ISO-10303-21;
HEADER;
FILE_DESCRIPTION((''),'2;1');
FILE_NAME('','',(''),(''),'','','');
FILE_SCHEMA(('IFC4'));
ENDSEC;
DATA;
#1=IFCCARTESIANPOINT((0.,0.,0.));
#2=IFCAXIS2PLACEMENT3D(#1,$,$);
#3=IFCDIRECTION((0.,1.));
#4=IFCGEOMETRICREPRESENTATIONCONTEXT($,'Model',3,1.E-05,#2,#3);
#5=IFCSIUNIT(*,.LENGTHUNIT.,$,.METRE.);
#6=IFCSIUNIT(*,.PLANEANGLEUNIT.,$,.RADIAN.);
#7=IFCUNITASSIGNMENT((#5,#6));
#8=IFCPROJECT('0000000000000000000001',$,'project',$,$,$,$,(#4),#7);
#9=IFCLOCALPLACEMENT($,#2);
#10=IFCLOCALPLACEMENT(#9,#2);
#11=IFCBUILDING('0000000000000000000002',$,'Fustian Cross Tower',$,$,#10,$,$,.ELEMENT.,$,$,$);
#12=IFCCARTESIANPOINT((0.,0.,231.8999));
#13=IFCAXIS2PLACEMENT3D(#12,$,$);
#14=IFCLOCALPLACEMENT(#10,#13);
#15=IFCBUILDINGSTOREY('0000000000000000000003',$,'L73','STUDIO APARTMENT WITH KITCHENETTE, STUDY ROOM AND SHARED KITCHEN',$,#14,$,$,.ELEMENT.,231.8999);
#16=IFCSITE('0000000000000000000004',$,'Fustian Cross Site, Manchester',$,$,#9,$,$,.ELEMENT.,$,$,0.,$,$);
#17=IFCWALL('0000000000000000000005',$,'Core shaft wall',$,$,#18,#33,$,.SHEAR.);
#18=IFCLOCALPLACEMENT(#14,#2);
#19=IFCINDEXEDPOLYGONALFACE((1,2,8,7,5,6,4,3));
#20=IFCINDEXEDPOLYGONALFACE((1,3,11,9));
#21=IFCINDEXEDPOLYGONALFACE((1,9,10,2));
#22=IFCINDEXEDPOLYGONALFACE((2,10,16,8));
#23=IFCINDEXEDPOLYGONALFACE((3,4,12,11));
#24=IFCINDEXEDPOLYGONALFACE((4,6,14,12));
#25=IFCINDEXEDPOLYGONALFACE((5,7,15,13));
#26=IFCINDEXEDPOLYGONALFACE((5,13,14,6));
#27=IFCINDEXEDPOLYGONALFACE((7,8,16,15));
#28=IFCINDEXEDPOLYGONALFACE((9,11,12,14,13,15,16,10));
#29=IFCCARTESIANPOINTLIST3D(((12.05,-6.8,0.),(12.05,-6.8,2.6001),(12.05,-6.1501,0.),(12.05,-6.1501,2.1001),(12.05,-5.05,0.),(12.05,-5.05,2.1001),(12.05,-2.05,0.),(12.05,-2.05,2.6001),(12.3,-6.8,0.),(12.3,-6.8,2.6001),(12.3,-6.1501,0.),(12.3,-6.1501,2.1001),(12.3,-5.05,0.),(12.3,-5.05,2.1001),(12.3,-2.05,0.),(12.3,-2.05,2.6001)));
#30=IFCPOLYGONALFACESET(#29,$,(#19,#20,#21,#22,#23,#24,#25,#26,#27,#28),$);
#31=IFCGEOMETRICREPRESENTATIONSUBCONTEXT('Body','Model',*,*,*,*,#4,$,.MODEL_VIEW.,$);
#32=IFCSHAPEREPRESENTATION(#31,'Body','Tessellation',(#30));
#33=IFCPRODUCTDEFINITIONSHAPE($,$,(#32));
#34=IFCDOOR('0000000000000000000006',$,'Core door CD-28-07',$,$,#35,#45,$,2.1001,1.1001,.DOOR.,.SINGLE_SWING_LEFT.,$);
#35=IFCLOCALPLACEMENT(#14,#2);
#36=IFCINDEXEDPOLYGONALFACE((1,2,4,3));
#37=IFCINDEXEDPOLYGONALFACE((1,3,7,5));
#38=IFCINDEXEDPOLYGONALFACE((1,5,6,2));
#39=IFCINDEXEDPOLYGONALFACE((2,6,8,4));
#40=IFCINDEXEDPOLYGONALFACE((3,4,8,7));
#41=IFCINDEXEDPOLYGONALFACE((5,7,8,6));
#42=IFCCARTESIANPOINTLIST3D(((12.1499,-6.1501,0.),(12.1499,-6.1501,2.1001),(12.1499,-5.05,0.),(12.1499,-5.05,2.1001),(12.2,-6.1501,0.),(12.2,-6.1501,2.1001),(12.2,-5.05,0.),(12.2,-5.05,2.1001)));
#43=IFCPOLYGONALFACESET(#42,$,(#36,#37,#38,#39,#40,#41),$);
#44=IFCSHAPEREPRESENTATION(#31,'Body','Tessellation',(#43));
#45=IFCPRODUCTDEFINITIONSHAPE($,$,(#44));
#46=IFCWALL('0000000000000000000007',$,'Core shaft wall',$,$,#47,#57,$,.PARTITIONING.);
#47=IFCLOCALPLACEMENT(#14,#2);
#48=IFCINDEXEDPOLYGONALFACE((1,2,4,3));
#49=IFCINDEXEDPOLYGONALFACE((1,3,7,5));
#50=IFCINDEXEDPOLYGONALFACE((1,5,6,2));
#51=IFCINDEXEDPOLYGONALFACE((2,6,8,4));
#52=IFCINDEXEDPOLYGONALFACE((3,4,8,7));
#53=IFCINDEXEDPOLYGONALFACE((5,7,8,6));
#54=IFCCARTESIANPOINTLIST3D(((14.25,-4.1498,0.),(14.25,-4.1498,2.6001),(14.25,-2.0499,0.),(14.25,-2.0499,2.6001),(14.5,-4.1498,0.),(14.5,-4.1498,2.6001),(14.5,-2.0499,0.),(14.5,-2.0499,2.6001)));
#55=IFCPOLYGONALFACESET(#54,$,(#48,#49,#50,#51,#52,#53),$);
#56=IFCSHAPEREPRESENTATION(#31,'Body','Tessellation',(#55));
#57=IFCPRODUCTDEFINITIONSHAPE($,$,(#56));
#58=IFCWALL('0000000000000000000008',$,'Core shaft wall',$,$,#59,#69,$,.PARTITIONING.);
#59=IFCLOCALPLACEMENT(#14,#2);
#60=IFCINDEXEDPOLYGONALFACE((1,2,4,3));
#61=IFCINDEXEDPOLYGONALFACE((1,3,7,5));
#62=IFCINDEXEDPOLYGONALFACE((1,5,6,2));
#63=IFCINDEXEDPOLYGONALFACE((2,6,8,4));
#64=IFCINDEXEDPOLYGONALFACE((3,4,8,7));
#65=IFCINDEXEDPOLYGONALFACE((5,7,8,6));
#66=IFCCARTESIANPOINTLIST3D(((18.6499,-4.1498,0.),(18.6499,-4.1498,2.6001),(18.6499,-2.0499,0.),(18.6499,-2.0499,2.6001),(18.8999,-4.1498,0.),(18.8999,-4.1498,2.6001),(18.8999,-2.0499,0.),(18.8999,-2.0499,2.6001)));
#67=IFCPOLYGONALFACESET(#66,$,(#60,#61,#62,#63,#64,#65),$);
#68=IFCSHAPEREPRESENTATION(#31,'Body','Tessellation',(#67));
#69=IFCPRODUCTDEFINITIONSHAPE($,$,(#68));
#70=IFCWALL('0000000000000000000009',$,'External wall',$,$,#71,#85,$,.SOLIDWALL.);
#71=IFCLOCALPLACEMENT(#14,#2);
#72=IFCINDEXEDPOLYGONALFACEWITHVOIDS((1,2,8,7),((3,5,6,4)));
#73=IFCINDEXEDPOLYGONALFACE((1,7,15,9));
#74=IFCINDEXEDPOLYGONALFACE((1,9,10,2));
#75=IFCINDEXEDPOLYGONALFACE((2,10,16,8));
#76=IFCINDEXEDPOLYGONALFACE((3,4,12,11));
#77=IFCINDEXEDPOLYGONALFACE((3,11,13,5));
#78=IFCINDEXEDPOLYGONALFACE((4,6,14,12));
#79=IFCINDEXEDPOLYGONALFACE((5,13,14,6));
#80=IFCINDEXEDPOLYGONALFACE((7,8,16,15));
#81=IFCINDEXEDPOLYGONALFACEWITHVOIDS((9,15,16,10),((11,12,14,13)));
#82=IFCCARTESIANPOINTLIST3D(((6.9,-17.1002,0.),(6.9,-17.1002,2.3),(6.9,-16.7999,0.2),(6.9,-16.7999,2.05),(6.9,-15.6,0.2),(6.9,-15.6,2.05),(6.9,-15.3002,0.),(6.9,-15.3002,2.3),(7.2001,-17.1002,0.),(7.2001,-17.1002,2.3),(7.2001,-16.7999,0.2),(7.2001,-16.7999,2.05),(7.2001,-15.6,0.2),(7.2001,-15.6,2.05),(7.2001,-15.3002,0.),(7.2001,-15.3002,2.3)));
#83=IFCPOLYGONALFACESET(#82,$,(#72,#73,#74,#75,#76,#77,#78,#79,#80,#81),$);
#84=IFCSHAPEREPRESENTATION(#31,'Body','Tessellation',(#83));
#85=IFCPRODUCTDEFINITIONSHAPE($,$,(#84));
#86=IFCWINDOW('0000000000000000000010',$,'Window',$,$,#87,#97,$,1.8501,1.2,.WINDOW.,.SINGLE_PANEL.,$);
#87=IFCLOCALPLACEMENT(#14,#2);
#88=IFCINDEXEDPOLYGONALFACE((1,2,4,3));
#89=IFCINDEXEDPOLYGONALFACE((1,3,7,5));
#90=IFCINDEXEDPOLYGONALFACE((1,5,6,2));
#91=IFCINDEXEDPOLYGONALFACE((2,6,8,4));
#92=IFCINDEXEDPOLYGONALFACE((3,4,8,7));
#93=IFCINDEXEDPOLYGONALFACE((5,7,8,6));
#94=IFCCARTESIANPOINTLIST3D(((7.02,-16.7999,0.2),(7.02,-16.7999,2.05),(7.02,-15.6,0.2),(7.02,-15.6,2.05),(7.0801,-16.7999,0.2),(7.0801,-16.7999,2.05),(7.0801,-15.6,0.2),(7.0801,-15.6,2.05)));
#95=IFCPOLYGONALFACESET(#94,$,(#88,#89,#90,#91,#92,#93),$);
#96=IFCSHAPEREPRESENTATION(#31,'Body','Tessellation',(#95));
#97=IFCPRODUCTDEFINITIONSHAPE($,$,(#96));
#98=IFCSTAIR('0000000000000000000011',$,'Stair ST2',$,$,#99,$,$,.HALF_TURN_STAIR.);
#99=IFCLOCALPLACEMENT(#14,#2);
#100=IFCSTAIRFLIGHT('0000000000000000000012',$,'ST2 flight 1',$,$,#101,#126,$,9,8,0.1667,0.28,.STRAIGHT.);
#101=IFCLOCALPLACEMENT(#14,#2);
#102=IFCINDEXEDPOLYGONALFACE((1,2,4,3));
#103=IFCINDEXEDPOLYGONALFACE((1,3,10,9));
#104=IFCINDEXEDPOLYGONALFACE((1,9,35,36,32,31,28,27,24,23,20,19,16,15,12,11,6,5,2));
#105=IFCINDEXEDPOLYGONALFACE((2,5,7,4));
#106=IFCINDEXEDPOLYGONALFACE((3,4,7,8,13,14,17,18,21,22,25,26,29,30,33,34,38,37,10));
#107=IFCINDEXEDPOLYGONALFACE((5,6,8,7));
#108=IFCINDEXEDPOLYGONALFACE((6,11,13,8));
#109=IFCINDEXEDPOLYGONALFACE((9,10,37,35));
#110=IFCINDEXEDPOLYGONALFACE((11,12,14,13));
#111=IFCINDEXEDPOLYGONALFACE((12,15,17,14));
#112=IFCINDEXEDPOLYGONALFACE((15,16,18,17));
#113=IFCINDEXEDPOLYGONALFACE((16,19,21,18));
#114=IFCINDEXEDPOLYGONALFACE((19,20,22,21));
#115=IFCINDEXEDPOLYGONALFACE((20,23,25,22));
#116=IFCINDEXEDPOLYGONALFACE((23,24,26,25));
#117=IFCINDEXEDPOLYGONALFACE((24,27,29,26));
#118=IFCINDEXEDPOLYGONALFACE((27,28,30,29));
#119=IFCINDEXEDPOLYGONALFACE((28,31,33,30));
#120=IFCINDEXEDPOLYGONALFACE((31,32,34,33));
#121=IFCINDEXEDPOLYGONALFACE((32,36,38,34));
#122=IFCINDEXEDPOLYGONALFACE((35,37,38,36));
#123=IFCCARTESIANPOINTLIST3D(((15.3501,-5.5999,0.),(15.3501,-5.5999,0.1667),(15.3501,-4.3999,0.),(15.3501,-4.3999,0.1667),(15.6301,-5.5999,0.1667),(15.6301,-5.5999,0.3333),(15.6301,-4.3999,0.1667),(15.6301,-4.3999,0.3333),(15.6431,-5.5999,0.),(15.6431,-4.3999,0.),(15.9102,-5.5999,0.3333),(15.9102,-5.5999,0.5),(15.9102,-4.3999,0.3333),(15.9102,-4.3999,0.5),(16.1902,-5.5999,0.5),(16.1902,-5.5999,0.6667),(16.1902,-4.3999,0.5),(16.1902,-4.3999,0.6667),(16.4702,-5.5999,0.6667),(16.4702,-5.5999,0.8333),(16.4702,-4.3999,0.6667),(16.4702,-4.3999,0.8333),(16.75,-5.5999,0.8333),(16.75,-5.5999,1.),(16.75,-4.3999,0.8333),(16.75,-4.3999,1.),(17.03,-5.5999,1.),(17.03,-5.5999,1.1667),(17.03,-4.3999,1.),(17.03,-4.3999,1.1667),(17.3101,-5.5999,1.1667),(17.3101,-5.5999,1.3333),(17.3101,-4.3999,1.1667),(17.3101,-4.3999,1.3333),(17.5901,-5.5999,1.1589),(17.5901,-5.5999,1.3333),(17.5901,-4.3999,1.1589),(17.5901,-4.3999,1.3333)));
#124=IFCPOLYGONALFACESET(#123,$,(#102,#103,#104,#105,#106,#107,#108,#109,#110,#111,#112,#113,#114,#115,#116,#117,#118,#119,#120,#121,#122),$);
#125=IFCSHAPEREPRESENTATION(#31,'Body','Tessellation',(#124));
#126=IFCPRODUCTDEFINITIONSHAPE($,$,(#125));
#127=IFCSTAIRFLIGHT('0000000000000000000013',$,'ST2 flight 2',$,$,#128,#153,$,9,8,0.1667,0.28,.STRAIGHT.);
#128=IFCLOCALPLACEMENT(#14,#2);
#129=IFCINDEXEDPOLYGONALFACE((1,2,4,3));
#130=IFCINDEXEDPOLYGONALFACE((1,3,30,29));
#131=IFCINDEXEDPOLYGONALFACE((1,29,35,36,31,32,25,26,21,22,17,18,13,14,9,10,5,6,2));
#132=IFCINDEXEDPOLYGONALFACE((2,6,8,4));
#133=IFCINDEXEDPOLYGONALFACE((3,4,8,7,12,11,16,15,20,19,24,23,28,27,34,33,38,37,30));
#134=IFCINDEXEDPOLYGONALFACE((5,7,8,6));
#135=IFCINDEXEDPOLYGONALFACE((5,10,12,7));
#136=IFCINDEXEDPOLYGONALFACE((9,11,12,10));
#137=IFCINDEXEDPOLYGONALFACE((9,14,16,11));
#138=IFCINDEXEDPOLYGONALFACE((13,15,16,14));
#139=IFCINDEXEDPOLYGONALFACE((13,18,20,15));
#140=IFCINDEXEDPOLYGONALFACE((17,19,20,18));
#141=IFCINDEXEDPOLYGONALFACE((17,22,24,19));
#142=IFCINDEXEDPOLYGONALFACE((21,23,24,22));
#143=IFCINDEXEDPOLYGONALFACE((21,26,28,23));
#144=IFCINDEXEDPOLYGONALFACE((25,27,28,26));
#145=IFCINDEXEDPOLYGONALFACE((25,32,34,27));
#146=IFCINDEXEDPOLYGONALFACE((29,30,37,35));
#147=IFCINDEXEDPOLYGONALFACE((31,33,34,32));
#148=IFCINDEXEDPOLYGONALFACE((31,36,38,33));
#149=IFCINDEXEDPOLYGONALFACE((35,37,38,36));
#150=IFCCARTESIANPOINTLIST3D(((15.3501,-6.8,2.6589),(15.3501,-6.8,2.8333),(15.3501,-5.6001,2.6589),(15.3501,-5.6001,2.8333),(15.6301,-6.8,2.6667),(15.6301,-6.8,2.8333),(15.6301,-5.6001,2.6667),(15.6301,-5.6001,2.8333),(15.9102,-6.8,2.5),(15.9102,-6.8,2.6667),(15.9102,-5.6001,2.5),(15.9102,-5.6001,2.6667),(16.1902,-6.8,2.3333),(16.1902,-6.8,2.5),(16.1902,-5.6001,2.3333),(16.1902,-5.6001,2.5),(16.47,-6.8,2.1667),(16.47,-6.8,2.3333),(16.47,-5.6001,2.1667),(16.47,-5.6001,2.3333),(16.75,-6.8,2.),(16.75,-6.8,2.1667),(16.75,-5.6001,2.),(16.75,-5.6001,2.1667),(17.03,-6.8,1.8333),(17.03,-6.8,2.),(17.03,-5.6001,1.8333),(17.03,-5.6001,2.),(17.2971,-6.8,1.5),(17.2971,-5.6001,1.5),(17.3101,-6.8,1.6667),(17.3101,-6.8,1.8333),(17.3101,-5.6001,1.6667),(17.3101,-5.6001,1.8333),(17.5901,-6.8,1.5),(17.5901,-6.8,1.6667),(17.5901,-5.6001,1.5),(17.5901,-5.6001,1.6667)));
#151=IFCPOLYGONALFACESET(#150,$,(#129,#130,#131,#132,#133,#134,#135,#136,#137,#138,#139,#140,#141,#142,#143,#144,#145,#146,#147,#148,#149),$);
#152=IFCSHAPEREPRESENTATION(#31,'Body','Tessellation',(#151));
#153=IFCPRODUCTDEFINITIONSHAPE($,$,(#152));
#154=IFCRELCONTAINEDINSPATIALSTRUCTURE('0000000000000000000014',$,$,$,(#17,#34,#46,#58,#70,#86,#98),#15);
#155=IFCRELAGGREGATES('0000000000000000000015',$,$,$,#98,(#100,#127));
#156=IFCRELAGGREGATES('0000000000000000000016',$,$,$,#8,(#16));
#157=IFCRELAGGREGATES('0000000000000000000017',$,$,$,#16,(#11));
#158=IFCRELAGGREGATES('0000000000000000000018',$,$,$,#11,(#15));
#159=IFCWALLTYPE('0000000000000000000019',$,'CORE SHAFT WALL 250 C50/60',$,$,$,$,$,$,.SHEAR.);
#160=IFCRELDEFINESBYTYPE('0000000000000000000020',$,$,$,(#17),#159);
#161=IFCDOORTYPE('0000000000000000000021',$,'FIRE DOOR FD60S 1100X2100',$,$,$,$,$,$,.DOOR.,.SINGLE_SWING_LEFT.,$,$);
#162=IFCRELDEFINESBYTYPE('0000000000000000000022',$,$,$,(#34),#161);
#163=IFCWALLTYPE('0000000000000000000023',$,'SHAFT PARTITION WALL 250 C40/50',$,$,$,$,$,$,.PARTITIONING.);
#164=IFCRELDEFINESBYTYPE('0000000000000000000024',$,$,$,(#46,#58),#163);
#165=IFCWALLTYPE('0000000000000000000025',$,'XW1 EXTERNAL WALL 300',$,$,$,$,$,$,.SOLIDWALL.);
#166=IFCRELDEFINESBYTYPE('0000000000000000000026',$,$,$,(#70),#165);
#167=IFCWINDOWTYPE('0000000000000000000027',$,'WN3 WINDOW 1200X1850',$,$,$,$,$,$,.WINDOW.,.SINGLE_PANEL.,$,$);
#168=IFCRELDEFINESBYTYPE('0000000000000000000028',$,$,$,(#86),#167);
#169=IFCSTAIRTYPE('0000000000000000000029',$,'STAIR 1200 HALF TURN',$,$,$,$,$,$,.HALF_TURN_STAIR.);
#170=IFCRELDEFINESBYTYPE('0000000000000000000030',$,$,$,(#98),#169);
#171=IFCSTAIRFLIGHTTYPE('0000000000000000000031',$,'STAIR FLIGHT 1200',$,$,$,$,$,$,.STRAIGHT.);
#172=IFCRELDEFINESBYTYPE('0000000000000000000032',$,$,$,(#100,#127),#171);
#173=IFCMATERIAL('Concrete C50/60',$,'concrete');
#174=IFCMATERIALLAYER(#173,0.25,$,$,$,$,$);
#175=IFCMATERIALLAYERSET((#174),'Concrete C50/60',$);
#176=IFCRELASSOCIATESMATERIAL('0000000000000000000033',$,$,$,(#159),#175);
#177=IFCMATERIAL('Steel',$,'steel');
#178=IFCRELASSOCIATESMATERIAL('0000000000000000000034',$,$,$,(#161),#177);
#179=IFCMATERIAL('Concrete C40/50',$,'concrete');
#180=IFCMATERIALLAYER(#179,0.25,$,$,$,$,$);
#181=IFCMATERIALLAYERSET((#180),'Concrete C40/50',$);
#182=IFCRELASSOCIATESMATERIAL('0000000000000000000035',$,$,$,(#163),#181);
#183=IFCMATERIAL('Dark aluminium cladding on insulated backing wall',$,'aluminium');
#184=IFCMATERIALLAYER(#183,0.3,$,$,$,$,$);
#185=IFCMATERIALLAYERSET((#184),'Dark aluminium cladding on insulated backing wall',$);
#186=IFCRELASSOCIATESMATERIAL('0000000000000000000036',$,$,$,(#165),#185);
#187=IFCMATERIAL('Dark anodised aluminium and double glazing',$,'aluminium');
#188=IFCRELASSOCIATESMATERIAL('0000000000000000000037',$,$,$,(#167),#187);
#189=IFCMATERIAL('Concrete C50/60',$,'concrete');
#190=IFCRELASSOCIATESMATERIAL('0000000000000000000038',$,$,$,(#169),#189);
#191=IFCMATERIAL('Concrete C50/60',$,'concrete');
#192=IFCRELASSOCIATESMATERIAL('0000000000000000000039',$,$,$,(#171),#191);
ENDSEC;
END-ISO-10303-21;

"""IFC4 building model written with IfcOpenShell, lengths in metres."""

from ifc_helpers import new_model, si_unit, direction, frame, frame_2d, origin, place, context, subcontext, project, spatial, polyline, rectangle, outline, extrude, material, layer, layer_set, type_object, element, fill, aggregate, save


model = new_model("IFC4")

# Units and contexts
model_context = context("Model", 3, precision=1e-05, world=origin(), true_north=direction((0.0, 1.0)))
body_context = subcontext(model_context, "Body", "Model", "MODEL_VIEW")
ifc_project = project(units=[si_unit("LENGTHUNIT", "METRE"), si_unit("PLANEANGLEUNIT", "RADIAN")], contexts=[model_context])

# Site, building, storey
site_placement = place(None, origin())
site = spatial("IfcSite", under=ifc_project, at=site_placement, Name="Fustian Cross Site, Manchester", CompositionType="ELEMENT", RefElevation=0.0)
building_placement = place(site_placement, origin())
building = spatial("IfcBuilding", under=site, at=building_placement, Name="Fustian Cross Tower", CompositionType="ELEMENT")
storey_placement = place(building_placement, frame((0.0, 0.0, 231.8999)))
storey = spatial("IfcBuildingStorey", under=building, at=storey_placement, Name="L73", Description="STUDIO APARTMENT WITH KITCHENETTE, STUDY ROOM AND SHARED KITCHEN", CompositionType="ELEMENT", Elevation=231.8999)

# Shared definitions
ifc_material_1 = material(Name="Concrete C50/60", Category="concrete")
ifc_layer_1 = layer(ifc_material_1, 0.25)
ifc_layer_set_1 = layer_set([ifc_layer_1], Name="Concrete C50/60")
wall_type_1 = type_object("IfcWallType", Name="CORE SHAFT WALL 250 C50/60", PredefinedType="SHEAR", material=ifc_layer_set_1)

# Wall, opening, door
wall_1_placement = place(storey_placement, frame((12.175, -2.05, 0.0), z_axis=(0.0, 0.0, 1.0), x_axis=(0.0, -1.0, 0.0)))
wall_1 = element("IfcWall", 1, at=wall_1_placement, inside=storey, type_object=wall_type_1, Name="Core shaft wall", PredefinedType="SHEAR", context=body_context, shape_type="SweptSolid", body=[
    extrude(rectangle(XDim=4.75, YDim=0.25, at=frame_2d((2.375, 0.0))), origin(), (0.0, 0.0, 1.0), 2.6001),
])
opening_1_placement = place(wall_1_placement, frame((3.0, 0.0, 0.0)))
opening_1 = element("IfcOpeningElement", 2, at=opening_1_placement, cuts=wall_1, PredefinedType="OPENING", context=body_context, shape_type="SweptSolid", body=[
    extrude(rectangle(XDim=1.1001, YDim=2.1001, at=frame_2d((0.55, 1.05))), frame((0.0, 0.135, 0.0), z_axis=(0.0, -1.0, 0.0), x_axis=(1.0, 0.0, 0.0)), (0.0, 0.0, 1.0), 0.27),
])
ifc_material_2 = material(Name="Steel", Category="steel")
door_type_1 = type_object("IfcDoorType", Name="FIRE DOOR FD60S 1100X2100", OperationType="SINGLE_SWING_LEFT", PredefinedType="DOOR", material=ifc_material_2)
door_1_placement = place(opening_1_placement, origin())
door_1 = element("IfcDoor", 3, at=door_1_placement, inside=storey, type_object=door_type_1, Name="Core door CD-28-07", OperationType="SINGLE_SWING_LEFT", OverallHeight=2.1001, OverallWidth=1.1001, PredefinedType="DOOR", context=body_context, shape_type="SweptSolid", body=[
    extrude(rectangle(XDim=1.1001, YDim=2.1001, at=frame_2d((0.55, 1.05))), frame((0.0, 0.0249, 0.0), z_axis=(0.0, -1.0, 0.0), x_axis=(1.0, 0.0, 0.0)), (0.0, 0.0, 1.0), 0.05),
])
fill(opening_1, door_1)

# Walls
ifc_material_3 = material(Name="Concrete C40/50", Category="concrete")
ifc_layer_2 = layer(ifc_material_3, 0.25)
ifc_layer_set_2 = layer_set([ifc_layer_2], Name="Concrete C40/50")
wall_type_2 = type_object("IfcWallType", Name="SHAFT PARTITION WALL 250 C40/50", PredefinedType="PARTITIONING", material=ifc_layer_set_2)
for number, where, z_axis, x_axis, name in (
    (4, (14.375, -2.05, 0.0), (0.0, 0.0, 1.0), (0.0, -1.0, 0.0), "Core shaft wall"),
    (5, (18.7749, -2.05, 0.0), (0.0, 0.0, 1.0), (0.0, -1.0, 0.0), "Core shaft wall"),
):
    element("IfcWall", number, at=place(storey_placement, frame(where, z_axis=z_axis, x_axis=x_axis)), inside=storey, type_object=wall_type_2, Name=name, PredefinedType="PARTITIONING", context=body_context, shape_type="SweptSolid", body=[
        extrude(rectangle(XDim=2.0999, YDim=0.25, at=frame_2d((1.0498, 0.0))), origin(), (0.0, 0.0, 1.0), 2.6001),
    ])

# Wall, opening, window
ifc_material_4 = material(Name="Dark aluminium cladding on insulated backing wall", Category="aluminium")
ifc_layer_3 = layer(ifc_material_4, 0.3)
ifc_layer_set_3 = layer_set([ifc_layer_3], Name="Dark aluminium cladding on insulated backing wall")
wall_type_3 = type_object("IfcWallType", Name="XW1 EXTERNAL WALL 300", PredefinedType="SOLIDWALL", material=ifc_layer_set_3)
wall_2_placement = place(storey_placement, frame((7.05, -17.1001, 0.0), z_axis=(0.0, 0.0, 1.0), x_axis=(0.0, 1.0, 0.0)))
wall_2 = element("IfcWall", 6, at=wall_2_placement, inside=storey, type_object=wall_type_3, Name="External wall", PredefinedType="SOLIDWALL", context=body_context, shape_type="SweptSolid", body=[
    extrude(rectangle(XDim=1.8, YDim=0.3, at=frame_2d((0.8999, 0.0))), origin(), (0.0, 0.0, 1.0), 2.3),
])
opening_2_placement = place(wall_2_placement, frame((0.3, 0.0, 0.2)))
opening_2 = element("IfcOpeningElement", 7, at=opening_2_placement, cuts=wall_2, PredefinedType="OPENING", context=body_context, shape_type="SweptSolid", body=[
    extrude(rectangle(XDim=1.2, YDim=1.8501, at=frame_2d((0.6001, 0.925))), frame((0.0, 0.1599, 0.0), z_axis=(0.0, -1.0, 0.0), x_axis=(1.0, 0.0, 0.0)), (0.0, 0.0, 1.0), 0.3201),
])
ifc_material_5 = material(Name="Dark anodised aluminium and double glazing", Category="aluminium")
window_type = type_object("IfcWindowType", Name="WN3 WINDOW 1200X1850", PartitioningType="SINGLE_PANEL", PredefinedType="WINDOW", material=ifc_material_5)
window_placement = place(opening_2_placement, origin())
window = element("IfcWindow", 8, at=window_placement, inside=storey, type_object=window_type, Name="Window", OverallHeight=1.8501, OverallWidth=1.2, PartitioningType="SINGLE_PANEL", PredefinedType="WINDOW", context=body_context, shape_type="SweptSolid", body=[
    extrude(rectangle(XDim=1.2, YDim=1.8501, at=frame_2d((0.6001, 0.925))), frame((0.0, 0.03, 0.0), z_axis=(0.0, -1.0, 0.0), x_axis=(1.0, 0.0, 0.0)), (0.0, 0.0, 1.0), 0.0601),
])
fill(opening_2, window)

# Stair, stair flights
ifc_material_6 = material(Name="Concrete C50/60", Category="concrete")
stair_type = type_object("IfcStairType", Name="STAIR 1200 HALF TURN", PredefinedType="HALF_TURN_STAIR", material=ifc_material_6)
stair_placement = place(storey_placement, origin())
stair = element("IfcStair", 9, at=stair_placement, inside=storey, type_object=stair_type, Name="Stair ST2", PredefinedType="HALF_TURN_STAIR")
ifc_material_7 = material(Name="Concrete C50/60", Category="concrete")
stair_flight_type = type_object("IfcStairFlightType", Name="STAIR FLIGHT 1200", PredefinedType="STRAIGHT", material=ifc_material_7)
stair_flight_1_placement = place(storey_placement, frame((15.3501, -5.0, 0.0), z_axis=(0.0, 0.0, 1.0), x_axis=(1.0, 0.0, 0.0)))
stair_flight_1 = element("IfcStairFlight", 10, at=stair_flight_1_placement, type_object=stair_flight_type, Name="ST2 flight 1", NumberOfRisers=9, NumberOfTreads=8, PredefinedType="STRAIGHT", RiserHeight=0.1667, TreadLength=0.28, context=body_context, shape_type="SweptSolid", body=[
    extrude(outline(polyline([(0.0, 0.0), (0.0, 0.1667), (0.28, 0.1667), (0.28, 0.3333), (0.5601, 0.3333), (0.5601, 0.5), (0.8401, 0.5), (0.8401, 0.6667), (1.1201, 0.6667), (1.1201, 0.8333), (1.3999, 0.8333), (1.3999, 1.0), (1.6799, 1.0), (1.6799, 1.1667), (1.96, 1.1667), (1.96, 1.3333), (2.24, 1.3333), (2.24, 1.5), (2.24, 1.1589), (0.293, 0.0), (0.0, 0.0)])), frame((0.0, 0.6001, 0.0), z_axis=(0.0, -1.0, 0.0), x_axis=(1.0, 0.0, 0.0)), (0.0, 0.0, 1.0), 1.2),
])
stair_flight_2_placement = place(storey_placement, frame((17.5901, -6.2, 1.5), z_axis=(0.0, 0.0, 1.0), x_axis=(-1.0, 0.0, 0.0)))
stair_flight_2 = element("IfcStairFlight", 11, at=stair_flight_2_placement, type_object=stair_flight_type, Name="ST2 flight 2", NumberOfRisers=9, NumberOfTreads=8, PredefinedType="STRAIGHT", RiserHeight=0.1667, TreadLength=0.28, context=body_context, shape_type="SweptSolid", body=[
    extrude(outline(polyline([(0.0, 0.0), (0.0, 0.1667), (0.28, 0.1667), (0.28, 0.3333), (0.5601, 0.3333), (0.5601, 0.5), (0.8401, 0.5), (0.8401, 0.6667), (1.1201, 0.6667), (1.1201, 0.8333), (1.3999, 0.8333), (1.3999, 1.0), (1.6799, 1.0), (1.6799, 1.1667), (1.96, 1.1667), (1.96, 1.3333), (2.24, 1.3333), (2.24, 1.5), (2.24, 1.1589), (0.293, 0.0), (0.0, 0.0)])), frame((0.0, 0.6001, 0.0), z_axis=(0.0, -1.0, 0.0), x_axis=(1.0, 0.0, 0.0)), (0.0, 0.0, 1.0), 1.2),
])
aggregate(stair, [stair_flight_1, stair_flight_2])

save(model, "model.ifc")
